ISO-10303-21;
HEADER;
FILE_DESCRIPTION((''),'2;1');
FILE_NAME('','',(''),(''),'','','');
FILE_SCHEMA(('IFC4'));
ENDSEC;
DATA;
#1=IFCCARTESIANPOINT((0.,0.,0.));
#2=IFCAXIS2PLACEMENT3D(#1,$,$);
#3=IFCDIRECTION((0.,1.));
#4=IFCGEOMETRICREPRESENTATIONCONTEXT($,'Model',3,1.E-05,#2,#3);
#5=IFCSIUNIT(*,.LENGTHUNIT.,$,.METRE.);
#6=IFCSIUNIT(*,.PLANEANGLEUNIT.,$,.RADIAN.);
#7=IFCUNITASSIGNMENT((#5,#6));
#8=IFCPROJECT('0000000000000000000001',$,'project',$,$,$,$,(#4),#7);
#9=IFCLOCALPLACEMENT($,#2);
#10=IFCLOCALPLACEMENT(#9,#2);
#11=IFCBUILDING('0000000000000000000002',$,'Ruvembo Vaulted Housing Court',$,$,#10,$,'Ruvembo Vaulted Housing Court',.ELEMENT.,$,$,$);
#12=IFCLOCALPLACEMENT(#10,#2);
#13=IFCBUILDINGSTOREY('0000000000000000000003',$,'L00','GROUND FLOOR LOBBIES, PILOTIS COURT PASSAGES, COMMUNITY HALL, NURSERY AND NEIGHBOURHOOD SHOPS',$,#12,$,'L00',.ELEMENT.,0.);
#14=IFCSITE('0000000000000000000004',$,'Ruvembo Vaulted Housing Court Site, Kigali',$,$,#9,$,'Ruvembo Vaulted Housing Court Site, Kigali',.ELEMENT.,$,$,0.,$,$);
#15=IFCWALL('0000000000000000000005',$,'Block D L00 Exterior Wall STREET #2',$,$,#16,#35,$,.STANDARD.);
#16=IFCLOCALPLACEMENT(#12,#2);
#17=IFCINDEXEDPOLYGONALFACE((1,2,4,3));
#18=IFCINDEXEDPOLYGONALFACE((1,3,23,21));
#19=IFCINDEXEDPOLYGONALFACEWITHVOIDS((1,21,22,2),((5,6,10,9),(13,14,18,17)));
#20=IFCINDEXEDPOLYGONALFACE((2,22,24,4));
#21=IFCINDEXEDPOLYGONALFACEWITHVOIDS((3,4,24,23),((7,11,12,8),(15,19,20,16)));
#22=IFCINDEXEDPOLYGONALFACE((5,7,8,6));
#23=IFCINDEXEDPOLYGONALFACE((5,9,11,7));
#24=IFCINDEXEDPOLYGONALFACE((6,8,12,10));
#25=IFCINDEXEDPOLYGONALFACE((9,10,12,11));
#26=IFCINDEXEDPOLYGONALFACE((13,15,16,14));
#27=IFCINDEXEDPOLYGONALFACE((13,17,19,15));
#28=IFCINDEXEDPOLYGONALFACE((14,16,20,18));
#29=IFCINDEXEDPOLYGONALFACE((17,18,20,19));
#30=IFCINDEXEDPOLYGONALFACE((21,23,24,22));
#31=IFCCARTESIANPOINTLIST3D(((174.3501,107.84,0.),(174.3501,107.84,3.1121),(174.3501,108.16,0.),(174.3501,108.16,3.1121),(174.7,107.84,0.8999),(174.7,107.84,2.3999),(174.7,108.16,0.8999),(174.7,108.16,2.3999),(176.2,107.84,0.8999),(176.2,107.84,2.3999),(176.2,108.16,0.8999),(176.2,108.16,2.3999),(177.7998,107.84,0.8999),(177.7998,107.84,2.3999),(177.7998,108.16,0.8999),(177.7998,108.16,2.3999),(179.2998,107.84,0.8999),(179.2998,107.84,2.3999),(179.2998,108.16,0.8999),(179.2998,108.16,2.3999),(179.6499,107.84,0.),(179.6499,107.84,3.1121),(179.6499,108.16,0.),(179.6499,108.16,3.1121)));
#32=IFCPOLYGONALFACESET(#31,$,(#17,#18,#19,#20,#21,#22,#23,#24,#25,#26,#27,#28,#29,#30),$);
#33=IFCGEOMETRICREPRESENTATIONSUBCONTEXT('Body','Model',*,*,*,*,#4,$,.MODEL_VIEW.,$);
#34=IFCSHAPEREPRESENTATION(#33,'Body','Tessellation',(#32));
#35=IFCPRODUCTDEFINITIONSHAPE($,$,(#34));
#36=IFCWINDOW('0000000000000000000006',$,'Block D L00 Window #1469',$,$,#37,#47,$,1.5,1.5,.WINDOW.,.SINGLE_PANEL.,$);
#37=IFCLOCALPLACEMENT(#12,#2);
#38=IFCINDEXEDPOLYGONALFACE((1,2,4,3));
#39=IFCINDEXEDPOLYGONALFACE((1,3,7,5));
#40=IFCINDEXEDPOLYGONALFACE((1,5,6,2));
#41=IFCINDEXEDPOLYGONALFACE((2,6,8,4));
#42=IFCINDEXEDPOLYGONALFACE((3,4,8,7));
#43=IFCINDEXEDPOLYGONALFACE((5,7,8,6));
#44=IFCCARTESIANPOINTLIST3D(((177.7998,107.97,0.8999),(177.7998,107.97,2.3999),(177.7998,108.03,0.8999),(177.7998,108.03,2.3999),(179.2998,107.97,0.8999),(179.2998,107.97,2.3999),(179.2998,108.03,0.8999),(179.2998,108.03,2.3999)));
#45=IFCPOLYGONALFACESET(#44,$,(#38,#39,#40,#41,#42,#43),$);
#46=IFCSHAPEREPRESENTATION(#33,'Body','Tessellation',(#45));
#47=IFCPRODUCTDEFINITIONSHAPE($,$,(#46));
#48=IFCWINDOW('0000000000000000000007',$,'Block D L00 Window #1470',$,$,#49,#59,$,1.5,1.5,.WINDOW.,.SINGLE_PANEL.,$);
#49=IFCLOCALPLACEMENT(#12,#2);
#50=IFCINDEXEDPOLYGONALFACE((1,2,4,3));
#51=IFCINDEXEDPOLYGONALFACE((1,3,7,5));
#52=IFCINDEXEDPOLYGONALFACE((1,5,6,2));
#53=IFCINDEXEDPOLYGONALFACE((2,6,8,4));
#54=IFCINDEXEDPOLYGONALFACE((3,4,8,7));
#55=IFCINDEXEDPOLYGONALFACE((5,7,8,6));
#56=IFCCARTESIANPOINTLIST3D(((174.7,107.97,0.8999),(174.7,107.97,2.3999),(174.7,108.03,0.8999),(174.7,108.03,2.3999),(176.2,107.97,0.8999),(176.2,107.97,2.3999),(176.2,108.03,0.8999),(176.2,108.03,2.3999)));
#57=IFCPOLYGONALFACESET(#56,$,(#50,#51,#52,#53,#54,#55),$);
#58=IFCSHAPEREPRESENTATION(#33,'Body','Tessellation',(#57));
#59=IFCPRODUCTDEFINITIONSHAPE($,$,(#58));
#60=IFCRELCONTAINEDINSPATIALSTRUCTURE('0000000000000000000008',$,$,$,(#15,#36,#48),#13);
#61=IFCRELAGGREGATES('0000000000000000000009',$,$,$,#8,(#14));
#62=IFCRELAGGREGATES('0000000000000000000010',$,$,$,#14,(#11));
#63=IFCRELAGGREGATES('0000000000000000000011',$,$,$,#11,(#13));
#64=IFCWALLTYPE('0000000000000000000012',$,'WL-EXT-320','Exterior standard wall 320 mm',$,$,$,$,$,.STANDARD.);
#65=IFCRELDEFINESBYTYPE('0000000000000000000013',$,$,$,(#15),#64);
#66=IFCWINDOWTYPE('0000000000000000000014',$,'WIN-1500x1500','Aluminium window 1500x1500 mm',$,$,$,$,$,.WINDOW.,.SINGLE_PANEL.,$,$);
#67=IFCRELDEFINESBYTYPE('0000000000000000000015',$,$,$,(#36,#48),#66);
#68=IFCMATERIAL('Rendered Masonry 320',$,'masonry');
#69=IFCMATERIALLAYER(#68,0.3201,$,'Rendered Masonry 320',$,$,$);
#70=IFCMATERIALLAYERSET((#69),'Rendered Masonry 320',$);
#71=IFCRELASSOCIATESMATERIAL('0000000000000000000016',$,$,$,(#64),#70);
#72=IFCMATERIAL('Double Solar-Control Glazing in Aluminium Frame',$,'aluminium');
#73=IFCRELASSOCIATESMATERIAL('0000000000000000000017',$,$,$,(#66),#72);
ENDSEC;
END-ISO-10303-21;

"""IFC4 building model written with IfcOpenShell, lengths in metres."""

from ifc_helpers import new_model, si_unit, direction, frame, frame_2d, origin, place, context, subcontext, project, spatial, rectangle, extrude, material, layer, layer_set, type_object, element, fill, save


model = new_model("IFC4")

# Units and contexts
model_context = context("Model", 3, precision=1e-05, world=origin(), true_north=direction((0.0, 1.0)))
body_context = subcontext(model_context, "Body", "Model", "MODEL_VIEW")
ifc_project = project(units=[si_unit("LENGTHUNIT", "METRE"), si_unit("PLANEANGLEUNIT", "RADIAN")], contexts=[model_context])

# Site, building, storey
site_placement = place(None, origin())
site = spatial("IfcSite", under=ifc_project, at=site_placement, Name="Ruvembo Vaulted Housing Court Site, Kigali", LongName="Ruvembo Vaulted Housing Court Site, Kigali", CompositionType="ELEMENT", RefElevation=0.0)
building_placement = place(site_placement, origin())
building = spatial("IfcBuilding", under=site, at=building_placement, Name="Ruvembo Vaulted Housing Court", LongName="Ruvembo Vaulted Housing Court", CompositionType="ELEMENT")
storey_placement = place(building_placement, origin())
storey = spatial("IfcBuildingStorey", under=building, at=storey_placement, Name="L00", Description="GROUND FLOOR LOBBIES, PILOTIS COURT PASSAGES, COMMUNITY HALL, NURSERY AND NEIGHBOURHOOD SHOPS", LongName="L00", CompositionType="ELEMENT", Elevation=0.0)

# Wall, openings, windows
ifc_material_1 = material(Name="Rendered Masonry 320", Category="masonry")
ifc_layer = layer(ifc_material_1, 0.3201, Name="Rendered Masonry 320")
ifc_layer_set = layer_set([ifc_layer], Name="Rendered Masonry 320")
wall_type = type_object("IfcWallType", Name="WL-EXT-320", Description="Exterior standard wall 320 mm", PredefinedType="STANDARD", material=ifc_layer_set)
ifc_material_2 = material(Name="Double Solar-Control Glazing in Aluminium Frame", Category="aluminium")
window_type_1 = type_object("IfcWindowType", Name="WIN-1500x1500", Description="Aluminium window 1500x1500 mm", PartitioningType="SINGLE_PANEL", PredefinedType="WINDOW", material=ifc_material_2)
wall_1_placement = place(storey_placement, frame((179.6499, 108.0, 0.0), z_axis=(0.0, 0.0, 1.0), x_axis=(-1.0, 0.0, 0.0)))
wall_1 = element("IfcWall", 1, at=wall_1_placement, inside=storey, type_object=wall_type, Name="Block D L00 Exterior Wall STREET #2", PredefinedType="STANDARD", context=body_context, shape_type="SweptSolid", body=[
    extrude(rectangle(XDim=5.2998, YDim=0.3201, at=frame_2d((2.6499, 0.0))), origin(), (0.0, 0.0, 1.0), 3.1121),
])
opening_1_placement = place(wall_1_placement, frame((0.3501, 0.0, 0.8999)))
opening_1 = element("IfcOpeningElement", 2, at=opening_1_placement, cuts=wall_1, PredefinedType="OPENING", context=body_context, shape_type="SweptSolid", body=[
    extrude(rectangle(XDim=1.5, YDim=1.5, at=frame_2d((0.75, 0.75))), frame((0.0, 0.1699, 0.0), z_axis=(0.0, -1.0, 0.0), x_axis=(1.0, 0.0, 0.0)), (0.0, 0.0, 1.0), 0.3401),
])
opening_2_placement = place(wall_1_placement, frame((3.45, 0.0, 0.8999)))
opening_2 = element("IfcOpeningElement", 3, at=opening_2_placement, cuts=wall_1, PredefinedType="OPENING", context=body_context, shape_type="SweptSolid", body=[
    extrude(rectangle(XDim=1.5, YDim=1.5, at=frame_2d((0.75, 0.75))), frame((0.0, 0.1699, 0.0), z_axis=(0.0, -1.0, 0.0), x_axis=(1.0, 0.0, 0.0)), (0.0, 0.0, 1.0), 0.3401),
])
window_1_placement = place(opening_1_placement, origin())
window_1 = element("IfcWindow", 4, at=window_1_placement, inside=storey, type_object=window_type_1, Name="Block D L00 Window #1469", OverallHeight=1.5, OverallWidth=1.5, PartitioningType="SINGLE_PANEL", PredefinedType="WINDOW", context=body_context, shape_type="SweptSolid", body=[
    extrude(rectangle(XDim=1.5, YDim=1.5, at=frame_2d((0.75, 0.75))), frame((0.0, 0.03, 0.0), z_axis=(0.0, -1.0, 0.0), x_axis=(1.0, 0.0, 0.0)), (0.0, 0.0, 1.0), 0.0601),
])
fill(opening_1, window_1)
window_2_placement = place(opening_2_placement, origin())
window_2 = element("IfcWindow", 5, at=window_2_placement, inside=storey, type_object=window_type_1, Name="Block D L00 Window #1470", OverallHeight=1.5, OverallWidth=1.5, PartitioningType="SINGLE_PANEL", PredefinedType="WINDOW", context=body_context, shape_type="SweptSolid", body=[
    extrude(rectangle(XDim=1.5, YDim=1.5, at=frame_2d((0.75, 0.75))), frame((0.0, 0.03, 0.0), z_axis=(0.0, -1.0, 0.0), x_axis=(1.0, 0.0, 0.0)), (0.0, 0.0, 1.0), 0.0601),
])
fill(opening_2, window_2)

save(model, "model.ifc")
